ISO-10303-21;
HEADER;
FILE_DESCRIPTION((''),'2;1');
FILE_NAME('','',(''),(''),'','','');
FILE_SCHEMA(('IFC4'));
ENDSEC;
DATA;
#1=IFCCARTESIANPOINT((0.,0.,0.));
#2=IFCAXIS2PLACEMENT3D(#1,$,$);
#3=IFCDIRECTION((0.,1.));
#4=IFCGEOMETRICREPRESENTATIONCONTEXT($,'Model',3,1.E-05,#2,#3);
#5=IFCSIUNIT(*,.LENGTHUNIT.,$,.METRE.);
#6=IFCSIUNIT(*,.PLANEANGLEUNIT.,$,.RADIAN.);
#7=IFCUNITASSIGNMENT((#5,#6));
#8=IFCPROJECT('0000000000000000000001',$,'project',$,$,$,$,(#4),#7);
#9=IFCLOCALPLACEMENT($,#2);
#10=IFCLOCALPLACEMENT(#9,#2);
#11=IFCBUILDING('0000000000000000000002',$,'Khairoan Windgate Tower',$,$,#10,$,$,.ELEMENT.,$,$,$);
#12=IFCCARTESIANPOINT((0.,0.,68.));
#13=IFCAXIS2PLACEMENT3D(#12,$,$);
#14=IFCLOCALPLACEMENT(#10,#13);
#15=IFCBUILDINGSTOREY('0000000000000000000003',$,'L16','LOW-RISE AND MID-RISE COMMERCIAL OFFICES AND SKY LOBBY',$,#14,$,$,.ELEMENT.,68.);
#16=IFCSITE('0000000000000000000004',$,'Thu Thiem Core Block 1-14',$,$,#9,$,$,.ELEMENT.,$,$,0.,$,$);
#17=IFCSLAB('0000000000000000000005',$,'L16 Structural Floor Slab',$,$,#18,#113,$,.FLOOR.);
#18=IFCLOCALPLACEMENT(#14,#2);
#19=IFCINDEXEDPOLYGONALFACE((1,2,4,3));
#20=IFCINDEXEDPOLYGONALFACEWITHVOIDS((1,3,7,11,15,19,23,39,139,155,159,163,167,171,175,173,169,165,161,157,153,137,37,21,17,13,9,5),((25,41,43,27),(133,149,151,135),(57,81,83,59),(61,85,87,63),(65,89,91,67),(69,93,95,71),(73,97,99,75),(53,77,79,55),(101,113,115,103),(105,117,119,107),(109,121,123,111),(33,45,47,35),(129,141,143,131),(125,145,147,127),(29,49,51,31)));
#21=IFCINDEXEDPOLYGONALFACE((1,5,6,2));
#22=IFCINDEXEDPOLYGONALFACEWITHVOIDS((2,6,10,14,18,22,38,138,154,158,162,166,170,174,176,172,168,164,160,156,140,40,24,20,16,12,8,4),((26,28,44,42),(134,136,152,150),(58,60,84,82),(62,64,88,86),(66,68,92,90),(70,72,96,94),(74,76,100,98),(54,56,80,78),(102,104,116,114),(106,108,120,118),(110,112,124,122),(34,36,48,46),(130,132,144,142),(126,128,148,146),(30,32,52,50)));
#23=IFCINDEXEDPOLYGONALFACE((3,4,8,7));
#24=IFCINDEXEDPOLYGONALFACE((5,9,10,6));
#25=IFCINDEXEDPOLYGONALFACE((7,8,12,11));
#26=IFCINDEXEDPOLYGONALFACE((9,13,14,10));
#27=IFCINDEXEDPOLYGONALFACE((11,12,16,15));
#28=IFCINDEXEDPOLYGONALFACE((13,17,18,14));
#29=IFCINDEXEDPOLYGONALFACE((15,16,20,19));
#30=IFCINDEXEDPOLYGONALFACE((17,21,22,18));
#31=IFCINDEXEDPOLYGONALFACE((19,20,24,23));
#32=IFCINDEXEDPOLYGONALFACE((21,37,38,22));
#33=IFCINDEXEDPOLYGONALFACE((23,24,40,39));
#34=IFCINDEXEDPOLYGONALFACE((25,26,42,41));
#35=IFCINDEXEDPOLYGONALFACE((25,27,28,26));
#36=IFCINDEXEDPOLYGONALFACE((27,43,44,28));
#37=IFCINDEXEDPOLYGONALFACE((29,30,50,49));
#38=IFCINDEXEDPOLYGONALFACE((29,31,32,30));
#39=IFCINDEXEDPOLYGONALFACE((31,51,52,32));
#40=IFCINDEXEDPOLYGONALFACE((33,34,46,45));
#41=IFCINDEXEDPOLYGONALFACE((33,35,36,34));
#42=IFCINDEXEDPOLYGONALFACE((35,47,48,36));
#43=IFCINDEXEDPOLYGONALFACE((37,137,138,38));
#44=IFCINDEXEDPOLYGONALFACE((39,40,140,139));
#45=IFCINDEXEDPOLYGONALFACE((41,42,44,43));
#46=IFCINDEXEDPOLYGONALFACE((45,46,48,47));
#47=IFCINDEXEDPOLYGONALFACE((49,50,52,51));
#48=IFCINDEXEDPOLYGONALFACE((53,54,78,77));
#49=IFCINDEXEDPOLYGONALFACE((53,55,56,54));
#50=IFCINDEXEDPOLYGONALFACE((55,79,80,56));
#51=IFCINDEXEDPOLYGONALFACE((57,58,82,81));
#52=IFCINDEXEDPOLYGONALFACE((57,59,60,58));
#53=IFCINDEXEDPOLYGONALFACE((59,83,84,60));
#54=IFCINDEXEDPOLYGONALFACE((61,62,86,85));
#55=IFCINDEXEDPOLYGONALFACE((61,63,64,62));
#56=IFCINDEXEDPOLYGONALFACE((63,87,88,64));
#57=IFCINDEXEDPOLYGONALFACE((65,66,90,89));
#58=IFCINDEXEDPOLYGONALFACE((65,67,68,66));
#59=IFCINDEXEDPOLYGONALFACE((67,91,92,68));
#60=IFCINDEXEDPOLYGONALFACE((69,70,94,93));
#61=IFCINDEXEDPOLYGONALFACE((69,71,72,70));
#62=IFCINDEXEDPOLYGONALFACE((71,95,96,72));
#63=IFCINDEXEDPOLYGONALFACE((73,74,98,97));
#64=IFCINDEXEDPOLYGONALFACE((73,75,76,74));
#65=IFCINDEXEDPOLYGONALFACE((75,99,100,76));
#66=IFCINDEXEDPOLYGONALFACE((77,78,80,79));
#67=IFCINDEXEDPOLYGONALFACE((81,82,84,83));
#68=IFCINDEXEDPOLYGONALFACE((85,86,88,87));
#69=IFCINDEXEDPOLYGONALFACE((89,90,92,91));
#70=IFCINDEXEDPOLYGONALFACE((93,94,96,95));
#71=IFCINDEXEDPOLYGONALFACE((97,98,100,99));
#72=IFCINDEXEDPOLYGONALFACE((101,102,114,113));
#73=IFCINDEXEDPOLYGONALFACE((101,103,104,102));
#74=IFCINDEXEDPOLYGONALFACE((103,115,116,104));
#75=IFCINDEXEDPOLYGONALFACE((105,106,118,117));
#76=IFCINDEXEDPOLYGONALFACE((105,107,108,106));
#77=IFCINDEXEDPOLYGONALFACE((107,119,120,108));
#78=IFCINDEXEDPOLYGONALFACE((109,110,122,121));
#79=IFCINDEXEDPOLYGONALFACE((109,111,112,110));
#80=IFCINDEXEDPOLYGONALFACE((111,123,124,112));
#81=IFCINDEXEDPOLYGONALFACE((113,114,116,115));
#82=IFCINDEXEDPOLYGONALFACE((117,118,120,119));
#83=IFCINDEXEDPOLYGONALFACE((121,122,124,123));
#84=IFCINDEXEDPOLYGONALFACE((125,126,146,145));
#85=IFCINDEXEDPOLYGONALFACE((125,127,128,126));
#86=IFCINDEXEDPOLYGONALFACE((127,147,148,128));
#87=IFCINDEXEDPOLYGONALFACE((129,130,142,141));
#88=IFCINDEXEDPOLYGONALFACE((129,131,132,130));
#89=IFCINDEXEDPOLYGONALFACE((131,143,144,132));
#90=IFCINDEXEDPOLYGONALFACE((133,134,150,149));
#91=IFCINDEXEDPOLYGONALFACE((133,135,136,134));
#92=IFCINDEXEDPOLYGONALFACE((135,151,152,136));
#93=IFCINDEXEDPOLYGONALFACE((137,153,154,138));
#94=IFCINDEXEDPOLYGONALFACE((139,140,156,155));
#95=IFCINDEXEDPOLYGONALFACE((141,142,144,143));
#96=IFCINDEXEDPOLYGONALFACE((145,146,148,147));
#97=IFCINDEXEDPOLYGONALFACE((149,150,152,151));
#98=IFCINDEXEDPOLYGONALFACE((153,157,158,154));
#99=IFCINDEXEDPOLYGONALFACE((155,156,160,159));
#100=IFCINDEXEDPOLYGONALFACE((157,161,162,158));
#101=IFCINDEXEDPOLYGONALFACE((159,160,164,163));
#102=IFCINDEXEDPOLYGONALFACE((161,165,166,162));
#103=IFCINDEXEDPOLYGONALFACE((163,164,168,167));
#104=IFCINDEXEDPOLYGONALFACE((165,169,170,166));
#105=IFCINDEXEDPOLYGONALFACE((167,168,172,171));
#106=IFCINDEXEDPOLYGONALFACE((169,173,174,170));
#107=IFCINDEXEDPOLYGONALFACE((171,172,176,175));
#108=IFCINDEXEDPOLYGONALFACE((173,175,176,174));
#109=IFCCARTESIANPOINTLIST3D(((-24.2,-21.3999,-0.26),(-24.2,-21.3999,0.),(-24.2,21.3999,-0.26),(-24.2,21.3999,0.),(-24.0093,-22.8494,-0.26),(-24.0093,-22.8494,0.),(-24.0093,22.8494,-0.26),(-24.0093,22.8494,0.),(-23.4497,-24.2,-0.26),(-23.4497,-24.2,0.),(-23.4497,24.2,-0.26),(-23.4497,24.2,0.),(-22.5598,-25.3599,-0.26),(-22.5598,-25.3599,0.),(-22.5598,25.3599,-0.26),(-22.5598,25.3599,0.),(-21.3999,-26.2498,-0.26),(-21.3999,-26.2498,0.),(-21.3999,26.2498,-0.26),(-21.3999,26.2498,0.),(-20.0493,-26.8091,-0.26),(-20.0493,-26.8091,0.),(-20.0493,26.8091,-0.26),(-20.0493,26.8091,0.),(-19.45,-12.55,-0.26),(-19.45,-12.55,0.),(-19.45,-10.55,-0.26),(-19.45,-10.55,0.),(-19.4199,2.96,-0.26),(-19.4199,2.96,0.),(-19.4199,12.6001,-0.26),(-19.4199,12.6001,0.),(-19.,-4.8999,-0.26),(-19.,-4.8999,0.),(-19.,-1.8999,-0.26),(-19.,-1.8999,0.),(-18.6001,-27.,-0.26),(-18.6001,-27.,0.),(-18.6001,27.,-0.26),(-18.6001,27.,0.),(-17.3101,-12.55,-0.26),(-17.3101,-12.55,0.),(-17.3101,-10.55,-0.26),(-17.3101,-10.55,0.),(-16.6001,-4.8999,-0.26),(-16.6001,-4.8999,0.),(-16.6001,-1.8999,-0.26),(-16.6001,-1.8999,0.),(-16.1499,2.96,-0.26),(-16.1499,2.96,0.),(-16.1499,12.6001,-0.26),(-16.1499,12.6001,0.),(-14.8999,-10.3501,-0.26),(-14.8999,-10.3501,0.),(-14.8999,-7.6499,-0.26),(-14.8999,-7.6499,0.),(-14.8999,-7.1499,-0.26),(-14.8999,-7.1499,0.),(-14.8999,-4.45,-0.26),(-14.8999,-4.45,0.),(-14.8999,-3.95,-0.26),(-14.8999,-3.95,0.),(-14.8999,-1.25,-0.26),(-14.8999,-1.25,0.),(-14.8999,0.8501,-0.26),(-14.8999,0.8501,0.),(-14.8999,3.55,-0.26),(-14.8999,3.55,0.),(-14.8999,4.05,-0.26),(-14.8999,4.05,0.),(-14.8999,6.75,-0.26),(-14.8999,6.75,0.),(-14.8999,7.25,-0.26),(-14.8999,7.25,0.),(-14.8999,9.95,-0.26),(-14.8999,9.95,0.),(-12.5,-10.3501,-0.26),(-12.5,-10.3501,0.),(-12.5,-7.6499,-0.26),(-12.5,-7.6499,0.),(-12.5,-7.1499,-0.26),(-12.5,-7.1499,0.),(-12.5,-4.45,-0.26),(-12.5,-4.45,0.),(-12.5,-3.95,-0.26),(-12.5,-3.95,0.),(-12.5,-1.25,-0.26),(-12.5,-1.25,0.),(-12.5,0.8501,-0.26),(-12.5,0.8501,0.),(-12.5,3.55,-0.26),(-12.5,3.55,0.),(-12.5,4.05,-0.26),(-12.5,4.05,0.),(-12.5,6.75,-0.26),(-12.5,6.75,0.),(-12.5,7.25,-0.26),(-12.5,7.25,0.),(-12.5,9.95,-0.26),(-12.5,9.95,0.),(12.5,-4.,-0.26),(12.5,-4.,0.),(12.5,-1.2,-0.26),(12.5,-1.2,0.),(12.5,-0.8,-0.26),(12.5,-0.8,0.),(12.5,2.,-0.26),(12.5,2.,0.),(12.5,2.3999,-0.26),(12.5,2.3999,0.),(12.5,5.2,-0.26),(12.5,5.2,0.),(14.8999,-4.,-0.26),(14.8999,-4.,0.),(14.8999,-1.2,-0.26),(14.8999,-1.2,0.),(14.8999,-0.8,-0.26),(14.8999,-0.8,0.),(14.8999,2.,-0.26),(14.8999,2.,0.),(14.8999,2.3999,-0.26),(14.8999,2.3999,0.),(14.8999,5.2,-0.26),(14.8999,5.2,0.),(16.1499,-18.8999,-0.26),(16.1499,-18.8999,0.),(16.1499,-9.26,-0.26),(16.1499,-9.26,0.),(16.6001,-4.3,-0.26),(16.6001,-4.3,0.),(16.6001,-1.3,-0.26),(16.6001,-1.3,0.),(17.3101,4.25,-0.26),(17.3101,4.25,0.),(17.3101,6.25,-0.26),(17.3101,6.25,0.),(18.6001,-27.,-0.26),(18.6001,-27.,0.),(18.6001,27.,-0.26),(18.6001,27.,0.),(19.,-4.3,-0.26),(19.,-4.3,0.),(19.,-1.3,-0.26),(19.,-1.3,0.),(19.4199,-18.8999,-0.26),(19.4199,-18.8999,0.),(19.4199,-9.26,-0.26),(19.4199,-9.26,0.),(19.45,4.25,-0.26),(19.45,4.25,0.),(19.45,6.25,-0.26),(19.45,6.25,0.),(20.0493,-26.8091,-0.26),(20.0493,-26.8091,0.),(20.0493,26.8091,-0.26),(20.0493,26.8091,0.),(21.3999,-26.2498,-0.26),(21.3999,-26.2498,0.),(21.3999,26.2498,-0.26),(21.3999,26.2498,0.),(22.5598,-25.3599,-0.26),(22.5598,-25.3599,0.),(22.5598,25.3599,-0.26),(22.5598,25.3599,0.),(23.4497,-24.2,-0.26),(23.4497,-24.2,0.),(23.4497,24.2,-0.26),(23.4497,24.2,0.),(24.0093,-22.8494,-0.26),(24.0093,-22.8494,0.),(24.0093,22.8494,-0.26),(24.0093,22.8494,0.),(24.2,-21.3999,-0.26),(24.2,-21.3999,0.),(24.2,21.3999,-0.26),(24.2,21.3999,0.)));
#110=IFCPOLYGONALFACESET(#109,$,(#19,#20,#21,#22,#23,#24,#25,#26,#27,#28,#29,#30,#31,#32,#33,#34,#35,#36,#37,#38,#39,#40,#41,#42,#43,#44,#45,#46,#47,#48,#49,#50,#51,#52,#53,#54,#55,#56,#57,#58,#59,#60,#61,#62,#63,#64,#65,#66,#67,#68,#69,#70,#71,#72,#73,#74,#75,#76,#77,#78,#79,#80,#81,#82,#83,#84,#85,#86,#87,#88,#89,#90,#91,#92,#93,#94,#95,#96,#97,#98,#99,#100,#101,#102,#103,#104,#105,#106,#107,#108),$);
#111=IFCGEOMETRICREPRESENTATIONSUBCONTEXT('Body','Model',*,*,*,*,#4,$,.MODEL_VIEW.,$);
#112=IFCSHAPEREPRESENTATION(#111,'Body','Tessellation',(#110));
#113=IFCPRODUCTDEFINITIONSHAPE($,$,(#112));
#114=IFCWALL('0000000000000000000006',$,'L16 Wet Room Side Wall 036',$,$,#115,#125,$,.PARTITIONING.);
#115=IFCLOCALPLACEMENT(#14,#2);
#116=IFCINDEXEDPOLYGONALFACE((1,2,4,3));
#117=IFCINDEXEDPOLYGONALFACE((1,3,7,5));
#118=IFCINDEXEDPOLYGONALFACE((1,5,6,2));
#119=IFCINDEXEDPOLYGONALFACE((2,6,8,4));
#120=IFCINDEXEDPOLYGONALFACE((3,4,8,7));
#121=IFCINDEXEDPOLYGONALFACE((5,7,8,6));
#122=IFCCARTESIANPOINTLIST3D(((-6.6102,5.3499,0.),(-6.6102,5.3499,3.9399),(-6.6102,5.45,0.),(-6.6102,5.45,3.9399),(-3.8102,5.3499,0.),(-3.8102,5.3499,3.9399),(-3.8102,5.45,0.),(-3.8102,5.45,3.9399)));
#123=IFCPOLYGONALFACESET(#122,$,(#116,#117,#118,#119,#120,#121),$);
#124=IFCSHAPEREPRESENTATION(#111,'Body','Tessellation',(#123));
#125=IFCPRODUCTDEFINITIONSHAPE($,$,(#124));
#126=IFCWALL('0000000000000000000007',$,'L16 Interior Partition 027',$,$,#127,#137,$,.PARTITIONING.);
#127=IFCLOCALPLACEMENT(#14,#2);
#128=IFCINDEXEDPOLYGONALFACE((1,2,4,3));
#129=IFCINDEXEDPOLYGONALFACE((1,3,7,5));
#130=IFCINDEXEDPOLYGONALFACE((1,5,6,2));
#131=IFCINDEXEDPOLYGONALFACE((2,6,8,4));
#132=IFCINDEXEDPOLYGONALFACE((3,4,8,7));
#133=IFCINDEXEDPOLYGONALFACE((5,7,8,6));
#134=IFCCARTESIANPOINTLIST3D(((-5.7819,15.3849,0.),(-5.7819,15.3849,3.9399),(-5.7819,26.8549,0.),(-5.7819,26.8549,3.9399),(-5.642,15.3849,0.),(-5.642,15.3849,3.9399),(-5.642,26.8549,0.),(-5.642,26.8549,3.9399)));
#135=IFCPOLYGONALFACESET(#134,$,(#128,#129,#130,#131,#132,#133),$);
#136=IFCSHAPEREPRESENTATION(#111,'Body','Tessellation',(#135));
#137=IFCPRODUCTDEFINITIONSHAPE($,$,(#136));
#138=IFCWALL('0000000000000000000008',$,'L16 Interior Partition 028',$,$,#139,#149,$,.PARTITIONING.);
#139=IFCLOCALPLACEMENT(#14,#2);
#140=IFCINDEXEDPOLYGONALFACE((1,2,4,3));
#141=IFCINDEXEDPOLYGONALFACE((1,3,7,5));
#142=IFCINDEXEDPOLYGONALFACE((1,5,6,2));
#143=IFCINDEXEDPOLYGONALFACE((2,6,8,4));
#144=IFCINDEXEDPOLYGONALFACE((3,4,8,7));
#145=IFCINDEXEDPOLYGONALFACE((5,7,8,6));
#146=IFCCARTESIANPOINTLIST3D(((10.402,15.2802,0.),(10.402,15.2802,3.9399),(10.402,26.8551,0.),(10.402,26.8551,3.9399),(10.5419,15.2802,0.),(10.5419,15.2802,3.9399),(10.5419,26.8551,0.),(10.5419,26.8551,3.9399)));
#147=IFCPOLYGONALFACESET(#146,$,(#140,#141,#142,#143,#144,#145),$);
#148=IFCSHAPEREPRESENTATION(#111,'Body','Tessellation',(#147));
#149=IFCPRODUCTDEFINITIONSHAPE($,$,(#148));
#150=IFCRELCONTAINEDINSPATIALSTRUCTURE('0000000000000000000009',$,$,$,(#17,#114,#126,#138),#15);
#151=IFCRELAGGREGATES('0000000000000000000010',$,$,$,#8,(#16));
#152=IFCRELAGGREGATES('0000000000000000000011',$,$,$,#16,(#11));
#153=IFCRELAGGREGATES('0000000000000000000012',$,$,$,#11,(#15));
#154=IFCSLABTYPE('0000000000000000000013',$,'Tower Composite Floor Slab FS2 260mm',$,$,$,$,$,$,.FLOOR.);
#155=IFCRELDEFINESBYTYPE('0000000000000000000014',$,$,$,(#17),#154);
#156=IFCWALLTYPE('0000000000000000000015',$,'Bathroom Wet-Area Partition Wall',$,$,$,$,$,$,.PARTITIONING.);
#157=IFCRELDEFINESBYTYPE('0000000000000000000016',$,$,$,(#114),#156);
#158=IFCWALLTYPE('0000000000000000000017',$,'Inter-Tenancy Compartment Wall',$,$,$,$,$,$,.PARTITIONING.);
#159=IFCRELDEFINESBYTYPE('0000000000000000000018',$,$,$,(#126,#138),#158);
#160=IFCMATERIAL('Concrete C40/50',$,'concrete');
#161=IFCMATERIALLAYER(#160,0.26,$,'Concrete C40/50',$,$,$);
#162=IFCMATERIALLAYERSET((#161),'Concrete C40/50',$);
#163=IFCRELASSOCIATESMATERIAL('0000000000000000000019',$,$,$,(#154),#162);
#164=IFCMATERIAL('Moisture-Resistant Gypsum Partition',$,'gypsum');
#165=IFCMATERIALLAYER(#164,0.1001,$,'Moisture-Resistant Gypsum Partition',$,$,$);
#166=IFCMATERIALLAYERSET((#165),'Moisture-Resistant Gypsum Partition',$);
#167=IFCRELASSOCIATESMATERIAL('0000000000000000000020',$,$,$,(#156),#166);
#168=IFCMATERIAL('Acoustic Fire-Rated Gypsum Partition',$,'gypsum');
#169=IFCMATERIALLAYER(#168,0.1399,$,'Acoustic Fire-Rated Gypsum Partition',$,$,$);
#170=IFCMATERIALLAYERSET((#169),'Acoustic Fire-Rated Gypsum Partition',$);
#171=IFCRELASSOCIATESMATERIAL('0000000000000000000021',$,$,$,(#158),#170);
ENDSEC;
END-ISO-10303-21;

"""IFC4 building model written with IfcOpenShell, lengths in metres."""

from ifc_helpers import new_model, si_unit, direction, frame, frame_2d, origin, place, context, subcontext, project, spatial, polyline, rectangle, outline, extrude, material, layer, layer_set, type_object, element, save


model = new_model("IFC4")

# Units and contexts
model_context = context("Model", 3, precision=1e-05, world=origin(), true_north=direction((0.0, 1.0)))
body_context = subcontext(model_context, "Body", "Model", "MODEL_VIEW")
ifc_project = project(units=[si_unit("LENGTHUNIT", "METRE"), si_unit("PLANEANGLEUNIT", "RADIAN")], contexts=[model_context])

# Site, building, storey
site_placement = place(None, origin())
site = spatial("IfcSite", under=ifc_project, at=site_placement, Name="Thu Thiem Core Block 1-14", CompositionType="ELEMENT", RefElevation=0.0)
building_placement = place(site_placement, origin())
building = spatial("IfcBuilding", under=site, at=building_placement, Name="Khairoan Windgate Tower", CompositionType="ELEMENT")
storey_placement = place(building_placement, frame((0.0, 0.0, 68.0)))
storey = spatial("IfcBuildingStorey", under=building, at=storey_placement, Name="L16", Description="LOW-RISE AND MID-RISE COMMERCIAL OFFICES AND SKY LOBBY", CompositionType="ELEMENT", Elevation=68.0)

# Slab
ifc_material_1 = material(Name="Concrete C40/50", Category="concrete")
ifc_layer_1 = layer(ifc_material_1, 0.26, Name="Concrete C40/50")
ifc_layer_set_1 = layer_set([ifc_layer_1], Name="Concrete C40/50")
slab_type_1 = type_object("IfcSlabType", Name="Tower Composite Floor Slab FS2 260mm", PredefinedType="FLOOR", material=ifc_layer_set_1)
slab_1_placement = place(storey_placement, frame((0.0, 0.0, -0.26)))
element("IfcSlab", 1, at=slab_1_placement, inside=storey, type_object=slab_type_1, Name="L16 Structural Floor Slab", PredefinedType="FLOOR", context=body_context, shape_type="SweptSolid", body=[
    extrude(outline(polyline([(18.6001, -27.0), (20.0493, -26.8091), (21.3999, -26.2498), (22.5598, -25.3599), (23.4497, -24.2), (24.0093, -22.8494), (24.2, -21.3999), (24.2, 21.3999), (24.0093, 22.8494), (23.4497, 24.2), (22.5598, 25.3599), (21.3999, 26.2498), (20.0493, 26.8091), (18.6001, 27.0), (-18.6001, 27.0), (-20.0493, 26.8091), (-21.3999, 26.2498), (-22.5598, 25.3599), (-23.4497, 24.2), (-24.0093, 22.8494), (-24.2, 21.3999), (-24.2, -21.3999), (-24.0093, -22.8494), (-23.4497, -24.2), (-22.5598, -25.3599), (-21.3999, -26.2498), (-20.0493, -26.8091), (-18.6001, -27.0), (18.6001, -27.0)]), holes=[polyline([(16.1499, -9.26), (16.1499, -18.8999), (19.4199, -18.8999), (19.4199, -9.26), (16.1499, -9.26)]), polyline([(-16.1499, 2.96), (-16.1499, 12.6001), (-19.4199, 12.6001), (-19.4199, 2.96), (-16.1499, 2.96)]), polyline([(-14.8999, 7.25), (-12.5, 7.25), (-12.5, 9.95), (-14.8999, 9.95), (-14.8999, 7.25)]), polyline([(-14.8999, 4.05), (-12.5, 4.05), (-12.5, 6.75), (-14.8999, 6.75), (-14.8999, 4.05)]), polyline([(-14.8999, 0.8501), (-12.5, 0.8501), (-12.5, 3.55), (-14.8999, 3.55), (-14.8999, 0.8501)]), polyline([(-14.8999, -3.95), (-12.5, -3.95), (-12.5, -1.25), (-14.8999, -1.25), (-14.8999, -3.95)]), polyline([(-14.8999, -7.1499), (-12.5, -7.1499), (-12.5, -4.45), (-14.8999, -4.45), (-14.8999, -7.1499)]), polyline([(-14.8999, -10.3501), (-12.5, -10.3501), (-12.5, -7.6499), (-14.8999, -7.6499), (-14.8999, -10.3501)]), polyline([(12.5, 2.3999), (14.8999, 2.3999), (14.8999, 5.2), (12.5, 5.2), (12.5, 2.3999)]), polyline([(12.5, -0.8), (14.8999, -0.8), (14.8999, 2.0), (12.5, 2.0), (12.5, -0.8)]), polyline([(12.5, -4.0), (14.8999, -4.0), (14.8999, -1.2), (12.5, -1.2), (12.5, -4.0)]), polyline([(16.6001, -4.3), (19.0, -4.3), (19.0, -1.3), (16.6001, -1.3), (16.6001, -4.3)]), polyline([(-19.0, -4.8999), (-16.6001, -4.8999), (-16.6001, -1.8999), (-19.0, -1.8999), (-19.0, -4.8999)]), polyline([(-19.45, -12.55), (-17.3101, -12.55), (-17.3101, -10.55), (-19.45, -10.55), (-19.45, -12.55)]), polyline([(17.3101, 4.25), (19.45, 4.25), (19.45, 6.25), (17.3101, 6.25), (17.3101, 4.25)])]), origin(), (0.0, 0.0, 1.0), 0.26),
])

# Walls
ifc_material_2 = material(Name="Moisture-Resistant Gypsum Partition", Category="gypsum")
ifc_layer_2 = layer(ifc_material_2, 0.1001, Name="Moisture-Resistant Gypsum Partition")
ifc_layer_set_2 = layer_set([ifc_layer_2], Name="Moisture-Resistant Gypsum Partition")
wall_type_1 = type_object("IfcWallType", Name="Bathroom Wet-Area Partition Wall", PredefinedType="PARTITIONING", material=ifc_layer_set_2)
wall_1_placement = place(storey_placement, frame((-6.6101, 5.3999, 0.0), z_axis=(0.0, 0.0, 1.0), x_axis=(1.0, 0.0, 0.0)))
element("IfcWall", 2, at=wall_1_placement, inside=storey, type_object=wall_type_1, Name="L16 Wet Room Side Wall 036", PredefinedType="PARTITIONING", context=body_context, shape_type="SweptSolid", body=[
    extrude(rectangle(XDim=2.8, YDim=0.1001, at=frame_2d((1.3999, 0.0))), origin(), (0.0, 0.0, 1.0), 3.9399),
])
ifc_material_3 = material(Name="Acoustic Fire-Rated Gypsum Partition", Category="gypsum")
ifc_layer_3 = layer(ifc_material_3, 0.1399, Name="Acoustic Fire-Rated Gypsum Partition")
ifc_layer_set_3 = layer_set([ifc_layer_3], Name="Acoustic Fire-Rated Gypsum Partition")
wall_type_2 = type_object("IfcWallType", Name="Inter-Tenancy Compartment Wall", PredefinedType="PARTITIONING", material=ifc_layer_set_3)
wall_2_placement = place(storey_placement, frame((-5.7119, 15.385, 0.0), z_axis=(0.0, 0.0, 1.0), x_axis=(0.0, 1.0, 0.0)))
element("IfcWall", 3, at=wall_2_placement, inside=storey, type_object=wall_type_2, Name="L16 Interior Partition 027", PredefinedType="PARTITIONING", context=body_context, shape_type="SweptSolid", body=[
    extrude(rectangle(XDim=11.47, YDim=0.1399, at=frame_2d((5.7349, 0.0))), origin(), (0.0, 0.0, 1.0), 3.9399),
])
wall_3_placement = place(storey_placement, frame((10.4719, 15.28, 0.0), z_axis=(0.0, 0.0, 1.0), x_axis=(0.0, 1.0, 0.0)))
element("IfcWall", 4, at=wall_3_placement, inside=storey, type_object=wall_type_2, Name="L16 Interior Partition 028", PredefinedType="PARTITIONING", context=body_context, shape_type="SweptSolid", body=[
    extrude(rectangle(XDim=11.575, YDim=0.1399, at=frame_2d((5.7876, 0.0))), origin(), (0.0, 0.0, 1.0), 3.9399),
])

save(model, "model.ifc")
